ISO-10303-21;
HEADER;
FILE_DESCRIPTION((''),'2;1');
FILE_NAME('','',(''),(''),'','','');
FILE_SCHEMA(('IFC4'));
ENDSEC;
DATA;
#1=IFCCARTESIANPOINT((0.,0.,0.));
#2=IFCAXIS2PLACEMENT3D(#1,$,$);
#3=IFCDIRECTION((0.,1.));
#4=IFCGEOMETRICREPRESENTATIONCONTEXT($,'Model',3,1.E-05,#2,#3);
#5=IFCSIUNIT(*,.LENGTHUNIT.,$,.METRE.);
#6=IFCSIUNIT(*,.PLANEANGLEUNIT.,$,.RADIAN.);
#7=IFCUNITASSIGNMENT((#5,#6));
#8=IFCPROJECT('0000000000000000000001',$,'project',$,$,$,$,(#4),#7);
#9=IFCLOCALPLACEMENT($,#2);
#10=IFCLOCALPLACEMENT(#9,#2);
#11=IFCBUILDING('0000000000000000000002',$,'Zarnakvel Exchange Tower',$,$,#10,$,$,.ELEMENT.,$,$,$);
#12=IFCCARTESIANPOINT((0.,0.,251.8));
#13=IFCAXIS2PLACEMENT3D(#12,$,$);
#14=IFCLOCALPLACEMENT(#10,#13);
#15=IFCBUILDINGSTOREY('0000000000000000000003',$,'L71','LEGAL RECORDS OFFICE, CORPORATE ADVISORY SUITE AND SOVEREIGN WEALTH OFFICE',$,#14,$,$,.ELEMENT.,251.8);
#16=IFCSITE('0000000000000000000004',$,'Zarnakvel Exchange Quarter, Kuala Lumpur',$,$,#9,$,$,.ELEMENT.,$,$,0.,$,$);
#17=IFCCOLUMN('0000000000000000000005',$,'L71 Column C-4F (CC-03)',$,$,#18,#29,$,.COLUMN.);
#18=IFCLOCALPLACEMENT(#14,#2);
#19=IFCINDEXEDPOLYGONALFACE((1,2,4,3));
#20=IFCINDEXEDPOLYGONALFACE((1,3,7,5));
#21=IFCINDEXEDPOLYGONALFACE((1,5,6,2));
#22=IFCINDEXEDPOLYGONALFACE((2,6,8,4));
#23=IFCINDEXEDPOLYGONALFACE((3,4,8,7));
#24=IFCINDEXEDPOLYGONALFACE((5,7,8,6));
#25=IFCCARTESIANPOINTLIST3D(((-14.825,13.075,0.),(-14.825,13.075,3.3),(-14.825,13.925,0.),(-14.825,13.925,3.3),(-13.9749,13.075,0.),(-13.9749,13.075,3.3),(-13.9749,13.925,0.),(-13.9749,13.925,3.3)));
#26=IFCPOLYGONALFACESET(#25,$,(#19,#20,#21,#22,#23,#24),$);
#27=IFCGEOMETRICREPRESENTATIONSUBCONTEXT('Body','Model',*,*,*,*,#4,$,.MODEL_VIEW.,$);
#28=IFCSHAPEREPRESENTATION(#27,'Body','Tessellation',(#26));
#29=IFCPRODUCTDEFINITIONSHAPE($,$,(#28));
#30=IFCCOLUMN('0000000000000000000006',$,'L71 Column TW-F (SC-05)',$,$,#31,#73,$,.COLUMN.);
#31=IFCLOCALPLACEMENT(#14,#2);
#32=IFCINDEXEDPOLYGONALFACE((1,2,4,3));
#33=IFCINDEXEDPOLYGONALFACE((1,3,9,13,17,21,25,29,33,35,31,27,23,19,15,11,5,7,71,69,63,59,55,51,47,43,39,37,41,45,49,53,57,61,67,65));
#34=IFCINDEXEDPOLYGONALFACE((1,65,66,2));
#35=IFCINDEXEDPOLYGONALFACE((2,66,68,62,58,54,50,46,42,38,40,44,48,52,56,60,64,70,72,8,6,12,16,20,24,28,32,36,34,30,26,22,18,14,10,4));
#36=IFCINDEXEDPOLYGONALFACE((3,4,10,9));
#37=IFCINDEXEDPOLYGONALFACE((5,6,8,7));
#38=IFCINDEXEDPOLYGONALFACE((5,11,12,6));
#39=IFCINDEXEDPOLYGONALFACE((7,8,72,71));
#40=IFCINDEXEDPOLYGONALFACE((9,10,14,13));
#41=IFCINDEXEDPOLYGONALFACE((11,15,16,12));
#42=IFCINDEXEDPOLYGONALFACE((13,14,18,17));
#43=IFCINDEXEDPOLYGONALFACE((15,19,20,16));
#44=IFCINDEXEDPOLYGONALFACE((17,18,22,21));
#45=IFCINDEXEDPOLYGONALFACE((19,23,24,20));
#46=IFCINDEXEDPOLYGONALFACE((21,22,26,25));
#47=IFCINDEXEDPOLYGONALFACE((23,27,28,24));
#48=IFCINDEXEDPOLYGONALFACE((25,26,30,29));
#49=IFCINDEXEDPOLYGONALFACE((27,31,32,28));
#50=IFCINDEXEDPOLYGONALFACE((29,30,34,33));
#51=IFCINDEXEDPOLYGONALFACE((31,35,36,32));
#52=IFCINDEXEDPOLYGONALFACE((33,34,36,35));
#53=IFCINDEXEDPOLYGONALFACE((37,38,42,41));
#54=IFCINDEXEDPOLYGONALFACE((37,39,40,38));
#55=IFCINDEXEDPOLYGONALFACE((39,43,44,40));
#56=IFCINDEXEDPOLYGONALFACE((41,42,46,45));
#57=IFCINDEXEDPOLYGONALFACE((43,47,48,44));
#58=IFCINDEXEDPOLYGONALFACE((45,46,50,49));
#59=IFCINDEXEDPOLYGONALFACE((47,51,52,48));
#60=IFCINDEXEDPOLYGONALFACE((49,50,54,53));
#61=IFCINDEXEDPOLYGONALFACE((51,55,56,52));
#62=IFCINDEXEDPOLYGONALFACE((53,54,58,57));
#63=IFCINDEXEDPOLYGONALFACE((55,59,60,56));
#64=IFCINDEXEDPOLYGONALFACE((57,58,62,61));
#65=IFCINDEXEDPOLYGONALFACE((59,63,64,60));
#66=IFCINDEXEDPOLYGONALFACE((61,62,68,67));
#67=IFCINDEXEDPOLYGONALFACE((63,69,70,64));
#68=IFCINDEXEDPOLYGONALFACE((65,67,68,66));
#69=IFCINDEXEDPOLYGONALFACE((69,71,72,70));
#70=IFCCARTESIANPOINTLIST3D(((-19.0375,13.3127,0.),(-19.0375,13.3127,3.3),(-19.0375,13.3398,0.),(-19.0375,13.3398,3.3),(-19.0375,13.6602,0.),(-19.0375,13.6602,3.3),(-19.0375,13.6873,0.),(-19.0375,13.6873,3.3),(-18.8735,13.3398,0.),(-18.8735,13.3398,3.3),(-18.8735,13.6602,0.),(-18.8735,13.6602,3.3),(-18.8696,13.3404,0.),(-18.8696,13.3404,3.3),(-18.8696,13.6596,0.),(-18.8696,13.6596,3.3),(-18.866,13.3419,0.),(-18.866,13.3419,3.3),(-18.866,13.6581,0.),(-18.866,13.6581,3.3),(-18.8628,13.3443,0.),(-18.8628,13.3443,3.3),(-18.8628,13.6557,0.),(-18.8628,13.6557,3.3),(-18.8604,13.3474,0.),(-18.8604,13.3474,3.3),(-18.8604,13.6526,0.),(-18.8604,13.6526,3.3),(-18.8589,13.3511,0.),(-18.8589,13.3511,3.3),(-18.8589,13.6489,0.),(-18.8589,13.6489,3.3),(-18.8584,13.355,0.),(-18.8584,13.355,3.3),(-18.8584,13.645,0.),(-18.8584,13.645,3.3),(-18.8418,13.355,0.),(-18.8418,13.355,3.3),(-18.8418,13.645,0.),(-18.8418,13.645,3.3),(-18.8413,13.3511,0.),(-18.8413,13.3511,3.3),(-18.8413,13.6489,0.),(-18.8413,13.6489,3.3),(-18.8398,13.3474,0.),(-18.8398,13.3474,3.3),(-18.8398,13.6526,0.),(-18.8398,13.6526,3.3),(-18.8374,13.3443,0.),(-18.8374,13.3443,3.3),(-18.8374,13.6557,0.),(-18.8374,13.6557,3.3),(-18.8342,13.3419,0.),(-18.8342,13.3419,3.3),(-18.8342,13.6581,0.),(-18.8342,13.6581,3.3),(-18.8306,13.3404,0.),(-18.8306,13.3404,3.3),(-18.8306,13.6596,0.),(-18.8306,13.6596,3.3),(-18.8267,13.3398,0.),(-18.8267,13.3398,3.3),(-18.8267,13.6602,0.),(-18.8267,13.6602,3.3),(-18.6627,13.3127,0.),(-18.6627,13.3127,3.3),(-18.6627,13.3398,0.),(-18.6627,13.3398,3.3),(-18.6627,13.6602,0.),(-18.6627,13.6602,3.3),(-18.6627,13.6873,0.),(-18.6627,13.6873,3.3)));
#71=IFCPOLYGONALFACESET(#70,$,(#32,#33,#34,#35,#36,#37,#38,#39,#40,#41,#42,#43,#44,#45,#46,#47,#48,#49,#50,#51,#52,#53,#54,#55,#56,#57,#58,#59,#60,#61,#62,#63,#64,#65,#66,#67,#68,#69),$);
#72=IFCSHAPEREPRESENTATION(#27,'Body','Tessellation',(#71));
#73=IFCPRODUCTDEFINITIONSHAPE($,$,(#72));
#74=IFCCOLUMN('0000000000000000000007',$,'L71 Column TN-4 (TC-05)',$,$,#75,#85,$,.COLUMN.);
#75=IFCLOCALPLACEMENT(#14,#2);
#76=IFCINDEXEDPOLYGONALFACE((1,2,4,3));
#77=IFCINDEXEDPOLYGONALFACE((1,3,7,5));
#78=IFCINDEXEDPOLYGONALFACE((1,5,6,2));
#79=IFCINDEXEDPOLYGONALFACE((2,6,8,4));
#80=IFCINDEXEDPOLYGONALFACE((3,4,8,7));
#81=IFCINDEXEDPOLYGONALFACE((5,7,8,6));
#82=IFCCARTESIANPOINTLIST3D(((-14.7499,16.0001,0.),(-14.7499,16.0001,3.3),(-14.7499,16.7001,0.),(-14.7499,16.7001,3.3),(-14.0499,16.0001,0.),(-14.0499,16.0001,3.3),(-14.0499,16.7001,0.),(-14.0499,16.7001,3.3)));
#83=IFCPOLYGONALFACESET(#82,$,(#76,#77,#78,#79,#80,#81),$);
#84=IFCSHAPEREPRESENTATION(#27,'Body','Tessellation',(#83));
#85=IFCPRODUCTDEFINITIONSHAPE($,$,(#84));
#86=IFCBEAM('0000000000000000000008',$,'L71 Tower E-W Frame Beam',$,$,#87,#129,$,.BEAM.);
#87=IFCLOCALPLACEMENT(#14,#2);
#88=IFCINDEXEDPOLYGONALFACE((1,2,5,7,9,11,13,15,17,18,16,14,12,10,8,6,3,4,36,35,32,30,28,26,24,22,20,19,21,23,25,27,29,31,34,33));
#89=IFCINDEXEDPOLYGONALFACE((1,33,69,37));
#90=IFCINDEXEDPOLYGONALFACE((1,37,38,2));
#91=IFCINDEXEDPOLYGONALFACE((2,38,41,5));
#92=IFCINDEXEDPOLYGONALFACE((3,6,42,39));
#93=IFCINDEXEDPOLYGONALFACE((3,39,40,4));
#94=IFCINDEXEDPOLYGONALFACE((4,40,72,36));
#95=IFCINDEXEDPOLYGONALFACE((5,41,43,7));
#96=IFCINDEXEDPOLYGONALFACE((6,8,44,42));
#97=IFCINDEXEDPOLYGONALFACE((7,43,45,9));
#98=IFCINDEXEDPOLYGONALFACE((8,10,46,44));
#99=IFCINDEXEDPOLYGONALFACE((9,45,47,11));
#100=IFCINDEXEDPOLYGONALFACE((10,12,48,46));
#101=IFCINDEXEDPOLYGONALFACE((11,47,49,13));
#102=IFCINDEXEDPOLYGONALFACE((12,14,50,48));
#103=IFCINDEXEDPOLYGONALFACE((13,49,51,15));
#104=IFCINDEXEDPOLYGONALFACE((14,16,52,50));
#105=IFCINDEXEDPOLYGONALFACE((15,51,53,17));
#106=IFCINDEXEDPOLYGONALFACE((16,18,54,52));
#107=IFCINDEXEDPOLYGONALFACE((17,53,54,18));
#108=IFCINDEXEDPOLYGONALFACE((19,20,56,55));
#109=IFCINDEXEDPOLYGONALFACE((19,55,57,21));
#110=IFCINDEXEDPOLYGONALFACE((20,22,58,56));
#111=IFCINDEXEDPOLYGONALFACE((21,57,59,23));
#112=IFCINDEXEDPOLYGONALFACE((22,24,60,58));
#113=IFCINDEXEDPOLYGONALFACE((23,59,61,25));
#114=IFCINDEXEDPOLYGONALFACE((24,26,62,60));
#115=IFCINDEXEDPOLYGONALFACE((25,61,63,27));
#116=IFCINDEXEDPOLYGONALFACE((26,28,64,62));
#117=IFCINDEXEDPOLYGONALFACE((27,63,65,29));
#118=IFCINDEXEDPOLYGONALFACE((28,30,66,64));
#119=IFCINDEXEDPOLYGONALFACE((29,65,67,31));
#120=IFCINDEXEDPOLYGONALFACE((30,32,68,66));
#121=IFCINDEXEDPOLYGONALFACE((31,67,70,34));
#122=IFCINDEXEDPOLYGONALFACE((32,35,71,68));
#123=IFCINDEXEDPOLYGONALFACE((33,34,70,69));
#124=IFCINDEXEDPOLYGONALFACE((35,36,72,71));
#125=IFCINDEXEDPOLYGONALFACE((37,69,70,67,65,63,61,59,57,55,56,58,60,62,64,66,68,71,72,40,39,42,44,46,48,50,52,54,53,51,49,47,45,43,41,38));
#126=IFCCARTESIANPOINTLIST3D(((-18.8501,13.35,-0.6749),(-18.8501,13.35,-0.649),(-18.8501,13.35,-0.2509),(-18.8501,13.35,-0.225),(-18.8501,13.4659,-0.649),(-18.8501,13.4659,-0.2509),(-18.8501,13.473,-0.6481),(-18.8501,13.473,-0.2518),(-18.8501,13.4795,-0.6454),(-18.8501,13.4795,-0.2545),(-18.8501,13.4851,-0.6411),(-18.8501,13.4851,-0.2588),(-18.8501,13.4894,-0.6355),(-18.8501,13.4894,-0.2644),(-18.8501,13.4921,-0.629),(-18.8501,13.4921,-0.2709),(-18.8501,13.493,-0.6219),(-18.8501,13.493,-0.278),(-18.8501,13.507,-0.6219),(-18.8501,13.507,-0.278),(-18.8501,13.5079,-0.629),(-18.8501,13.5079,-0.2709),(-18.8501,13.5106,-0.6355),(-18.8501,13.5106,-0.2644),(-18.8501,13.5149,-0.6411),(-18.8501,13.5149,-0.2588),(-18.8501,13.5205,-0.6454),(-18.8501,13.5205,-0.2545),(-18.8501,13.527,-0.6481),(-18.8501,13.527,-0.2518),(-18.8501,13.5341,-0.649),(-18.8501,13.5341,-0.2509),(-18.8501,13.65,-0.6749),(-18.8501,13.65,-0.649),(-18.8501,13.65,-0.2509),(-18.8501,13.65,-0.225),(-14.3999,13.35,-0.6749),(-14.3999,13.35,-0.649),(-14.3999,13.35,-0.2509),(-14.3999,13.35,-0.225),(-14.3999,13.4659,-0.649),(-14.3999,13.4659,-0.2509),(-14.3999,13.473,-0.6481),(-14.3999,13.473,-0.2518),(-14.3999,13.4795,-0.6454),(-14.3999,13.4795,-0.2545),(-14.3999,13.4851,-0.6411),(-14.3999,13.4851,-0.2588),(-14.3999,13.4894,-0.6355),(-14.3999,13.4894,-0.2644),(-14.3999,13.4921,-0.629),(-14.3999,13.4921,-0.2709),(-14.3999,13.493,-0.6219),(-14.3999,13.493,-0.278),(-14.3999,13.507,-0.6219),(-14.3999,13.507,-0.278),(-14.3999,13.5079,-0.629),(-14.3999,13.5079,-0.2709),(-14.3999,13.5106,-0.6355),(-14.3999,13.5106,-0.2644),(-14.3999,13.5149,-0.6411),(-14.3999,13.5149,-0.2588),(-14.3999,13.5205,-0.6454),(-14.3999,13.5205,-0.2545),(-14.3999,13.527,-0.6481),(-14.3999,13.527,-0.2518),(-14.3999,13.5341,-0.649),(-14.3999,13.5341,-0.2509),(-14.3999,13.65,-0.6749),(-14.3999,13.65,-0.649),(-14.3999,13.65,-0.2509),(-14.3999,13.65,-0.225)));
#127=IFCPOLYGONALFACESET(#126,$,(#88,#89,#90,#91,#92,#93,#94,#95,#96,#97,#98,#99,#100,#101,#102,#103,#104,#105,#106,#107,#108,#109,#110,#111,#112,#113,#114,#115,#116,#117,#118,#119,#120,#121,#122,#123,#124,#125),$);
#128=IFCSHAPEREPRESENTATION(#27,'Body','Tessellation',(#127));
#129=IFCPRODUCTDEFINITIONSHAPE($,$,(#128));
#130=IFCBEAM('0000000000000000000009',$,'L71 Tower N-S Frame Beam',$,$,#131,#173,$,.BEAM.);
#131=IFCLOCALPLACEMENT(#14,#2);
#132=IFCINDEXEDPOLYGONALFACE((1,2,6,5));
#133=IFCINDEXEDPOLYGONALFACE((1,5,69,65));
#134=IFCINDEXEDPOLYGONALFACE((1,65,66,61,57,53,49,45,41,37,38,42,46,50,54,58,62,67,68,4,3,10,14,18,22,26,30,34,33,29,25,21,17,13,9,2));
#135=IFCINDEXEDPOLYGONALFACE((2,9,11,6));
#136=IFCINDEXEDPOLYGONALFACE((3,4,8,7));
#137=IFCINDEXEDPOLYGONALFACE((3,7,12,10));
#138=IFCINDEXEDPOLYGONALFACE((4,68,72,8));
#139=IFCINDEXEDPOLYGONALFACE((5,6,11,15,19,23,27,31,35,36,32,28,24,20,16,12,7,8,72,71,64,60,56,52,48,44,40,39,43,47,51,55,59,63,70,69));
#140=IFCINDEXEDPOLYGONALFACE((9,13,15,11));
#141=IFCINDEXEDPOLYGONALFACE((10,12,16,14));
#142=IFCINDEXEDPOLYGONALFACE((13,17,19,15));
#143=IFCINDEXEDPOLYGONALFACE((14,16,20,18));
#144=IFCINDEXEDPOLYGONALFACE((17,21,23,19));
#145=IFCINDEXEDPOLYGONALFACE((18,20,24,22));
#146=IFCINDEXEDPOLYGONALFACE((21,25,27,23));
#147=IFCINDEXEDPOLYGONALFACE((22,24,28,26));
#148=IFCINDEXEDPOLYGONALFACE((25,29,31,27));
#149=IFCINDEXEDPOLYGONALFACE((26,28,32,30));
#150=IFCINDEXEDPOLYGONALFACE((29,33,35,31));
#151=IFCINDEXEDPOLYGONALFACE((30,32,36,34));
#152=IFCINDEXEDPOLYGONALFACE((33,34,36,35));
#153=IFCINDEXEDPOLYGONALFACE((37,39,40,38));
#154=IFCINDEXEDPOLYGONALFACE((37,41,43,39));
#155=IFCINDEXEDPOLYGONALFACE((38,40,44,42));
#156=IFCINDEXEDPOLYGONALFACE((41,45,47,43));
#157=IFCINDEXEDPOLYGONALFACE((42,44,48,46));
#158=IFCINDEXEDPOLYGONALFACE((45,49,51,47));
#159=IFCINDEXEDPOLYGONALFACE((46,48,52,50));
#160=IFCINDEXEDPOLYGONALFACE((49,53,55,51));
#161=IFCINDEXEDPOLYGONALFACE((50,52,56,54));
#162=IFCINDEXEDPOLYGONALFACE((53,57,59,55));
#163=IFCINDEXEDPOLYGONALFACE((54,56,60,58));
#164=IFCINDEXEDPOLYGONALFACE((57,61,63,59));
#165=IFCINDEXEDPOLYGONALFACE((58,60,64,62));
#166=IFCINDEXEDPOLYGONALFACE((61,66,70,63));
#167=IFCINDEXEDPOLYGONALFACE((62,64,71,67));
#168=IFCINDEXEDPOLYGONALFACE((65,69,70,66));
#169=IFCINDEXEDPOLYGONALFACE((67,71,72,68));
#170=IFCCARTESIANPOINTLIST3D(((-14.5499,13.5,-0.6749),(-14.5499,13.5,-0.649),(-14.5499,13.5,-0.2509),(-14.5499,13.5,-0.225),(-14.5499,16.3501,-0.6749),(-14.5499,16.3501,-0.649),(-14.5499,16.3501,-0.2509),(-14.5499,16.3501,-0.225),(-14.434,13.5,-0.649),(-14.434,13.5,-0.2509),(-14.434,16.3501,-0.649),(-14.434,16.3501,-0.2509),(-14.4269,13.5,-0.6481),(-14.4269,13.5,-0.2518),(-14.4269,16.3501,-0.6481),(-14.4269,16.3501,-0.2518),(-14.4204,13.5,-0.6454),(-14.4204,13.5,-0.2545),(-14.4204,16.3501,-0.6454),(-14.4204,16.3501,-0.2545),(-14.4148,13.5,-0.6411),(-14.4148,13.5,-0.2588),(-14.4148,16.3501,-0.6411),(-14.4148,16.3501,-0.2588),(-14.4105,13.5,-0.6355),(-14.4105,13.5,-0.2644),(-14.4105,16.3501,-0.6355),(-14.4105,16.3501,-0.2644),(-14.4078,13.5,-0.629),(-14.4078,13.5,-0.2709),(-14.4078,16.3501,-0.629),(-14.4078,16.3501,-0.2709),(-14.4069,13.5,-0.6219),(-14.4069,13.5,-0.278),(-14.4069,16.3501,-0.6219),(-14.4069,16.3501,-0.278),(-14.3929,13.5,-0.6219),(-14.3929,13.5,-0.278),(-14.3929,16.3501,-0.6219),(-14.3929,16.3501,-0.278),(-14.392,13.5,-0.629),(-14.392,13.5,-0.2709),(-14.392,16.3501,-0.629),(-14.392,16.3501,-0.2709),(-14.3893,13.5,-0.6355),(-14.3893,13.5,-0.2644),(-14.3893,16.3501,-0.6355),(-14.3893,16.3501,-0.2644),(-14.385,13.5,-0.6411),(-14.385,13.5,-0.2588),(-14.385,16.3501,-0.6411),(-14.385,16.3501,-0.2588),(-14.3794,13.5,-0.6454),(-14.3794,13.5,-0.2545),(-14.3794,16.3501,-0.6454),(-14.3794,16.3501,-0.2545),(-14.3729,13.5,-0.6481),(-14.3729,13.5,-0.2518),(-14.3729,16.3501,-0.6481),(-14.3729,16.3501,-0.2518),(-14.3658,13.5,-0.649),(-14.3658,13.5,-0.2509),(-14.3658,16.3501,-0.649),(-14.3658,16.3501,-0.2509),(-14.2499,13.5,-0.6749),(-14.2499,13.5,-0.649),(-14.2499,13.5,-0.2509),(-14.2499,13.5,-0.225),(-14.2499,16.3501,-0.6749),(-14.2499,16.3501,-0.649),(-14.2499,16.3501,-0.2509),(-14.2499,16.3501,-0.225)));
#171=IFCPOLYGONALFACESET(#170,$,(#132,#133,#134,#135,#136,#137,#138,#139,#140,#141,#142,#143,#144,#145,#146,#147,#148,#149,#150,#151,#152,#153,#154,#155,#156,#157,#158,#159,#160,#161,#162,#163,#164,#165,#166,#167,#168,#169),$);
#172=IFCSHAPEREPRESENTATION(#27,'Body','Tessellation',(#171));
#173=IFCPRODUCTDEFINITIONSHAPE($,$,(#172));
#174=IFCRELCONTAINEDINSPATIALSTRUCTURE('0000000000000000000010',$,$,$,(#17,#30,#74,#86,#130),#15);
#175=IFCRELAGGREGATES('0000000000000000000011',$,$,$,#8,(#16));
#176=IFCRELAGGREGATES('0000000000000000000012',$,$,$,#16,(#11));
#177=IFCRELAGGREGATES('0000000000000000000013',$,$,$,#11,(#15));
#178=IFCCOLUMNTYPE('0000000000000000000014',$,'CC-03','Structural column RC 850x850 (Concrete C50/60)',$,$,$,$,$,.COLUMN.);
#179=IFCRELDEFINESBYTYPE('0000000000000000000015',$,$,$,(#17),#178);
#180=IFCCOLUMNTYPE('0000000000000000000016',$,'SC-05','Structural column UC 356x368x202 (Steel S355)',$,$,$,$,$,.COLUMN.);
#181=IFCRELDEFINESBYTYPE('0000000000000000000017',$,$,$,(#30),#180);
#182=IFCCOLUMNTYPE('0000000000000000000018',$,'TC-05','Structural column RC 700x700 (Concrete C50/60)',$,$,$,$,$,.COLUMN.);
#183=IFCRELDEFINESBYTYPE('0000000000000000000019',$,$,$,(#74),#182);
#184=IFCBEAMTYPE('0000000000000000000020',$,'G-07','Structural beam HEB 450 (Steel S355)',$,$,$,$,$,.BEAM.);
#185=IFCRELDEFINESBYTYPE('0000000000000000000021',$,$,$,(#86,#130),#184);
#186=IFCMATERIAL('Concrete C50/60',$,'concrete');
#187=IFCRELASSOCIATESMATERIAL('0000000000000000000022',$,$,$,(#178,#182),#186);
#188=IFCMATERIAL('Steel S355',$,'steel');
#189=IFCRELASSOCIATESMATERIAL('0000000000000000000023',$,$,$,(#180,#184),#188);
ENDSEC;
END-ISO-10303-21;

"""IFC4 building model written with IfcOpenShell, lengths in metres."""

from ifc_helpers import new_model, si_unit, direction, frame, origin, origin_2d, place, context, subcontext, project, spatial, rectangle, i_section, extrude, material, material_profile, profile_set, type_object, element, save


model = new_model("IFC4")

# Units and contexts
model_context = context("Model", 3, precision=1e-05, world=origin(), true_north=direction((0.0, 1.0)))
body_context = subcontext(model_context, "Body", "Model", "MODEL_VIEW")
ifc_project = project(units=[si_unit("LENGTHUNIT", "METRE"), si_unit("PLANEANGLEUNIT", "RADIAN")], contexts=[model_context])

# Site, building, storey
site_placement = place(None, origin())
site = spatial("IfcSite", under=ifc_project, at=site_placement, Name="Zarnakvel Exchange Quarter, Kuala Lumpur", CompositionType="ELEMENT", RefElevation=0.0)
building_placement = place(site_placement, origin())
building = spatial("IfcBuilding", under=site, at=building_placement, Name="Zarnakvel Exchange Tower", CompositionType="ELEMENT")
storey_placement = place(building_placement, frame((0.0, 0.0, 251.8)))
storey = spatial("IfcBuildingStorey", under=building, at=storey_placement, Name="L71", Description="LEGAL RECORDS OFFICE, CORPORATE ADVISORY SUITE AND SOVEREIGN WEALTH OFFICE", CompositionType="ELEMENT", Elevation=251.8)

# Columns
ifc_material_1 = material(Name="Concrete C50/60", Category="concrete")
ifc_material_profile_1 = material_profile(ifc_material_1, rectangle(XDim=0.8501, YDim=0.8501, at=origin_2d()))
ifc_profile_set_1 = profile_set([ifc_material_profile_1], Name="Concrete C50/60")
column_type_1 = type_object("IfcColumnType", Name="CC-03", Description="Structural column RC 850x850 (Concrete C50/60)", PredefinedType="COLUMN", material=ifc_profile_set_1)
column_1_placement = place(storey_placement, frame((-14.3999, 13.5, 0.0), z_axis=(0.0, 0.0, 1.0), x_axis=(1.0, 0.0, 0.0)))
element("IfcColumn", 1, at=column_1_placement, inside=storey, type_object=column_type_1, Name="L71 Column C-4F (CC-03)", PredefinedType="COLUMN", context=body_context, shape_type="SweptSolid", body=[
    extrude(rectangle(XDim=0.8501, YDim=0.8501, at=origin_2d()), origin(), (0.0, 0.0, 1.0), 3.3),
])
ifc_material_2 = material(Name="Steel S355", Category="steel")
ifc_material_profile_2 = material_profile(ifc_material_2, i_section(OverallWidth=0.3748, OverallDepth=0.3745, WebThickness=0.0166, FlangeThickness=0.0271, FilletRadius=0.0151, at=origin_2d()))
ifc_profile_set_2 = profile_set([ifc_material_profile_2], Name="Steel S355")
column_type_2 = type_object("IfcColumnType", Name="SC-05", Description="Structural column UC 356x368x202 (Steel S355)", PredefinedType="COLUMN", material=ifc_profile_set_2)
column_2_placement = place(storey_placement, frame((-18.8501, 13.5, 0.0), z_axis=(0.0, 0.0, 1.0), x_axis=(1.0, 0.0, 0.0)))
element("IfcColumn", 2, at=column_2_placement, inside=storey, type_object=column_type_2, Name="L71 Column TW-F (SC-05)", PredefinedType="COLUMN", context=body_context, shape_type="SweptSolid", body=[
    extrude(i_section(OverallWidth=0.3748, OverallDepth=0.3745, WebThickness=0.0166, FlangeThickness=0.0271, FilletRadius=0.0151, at=origin_2d()), origin(), (0.0, 0.0, 1.0), 3.3),
])
ifc_material_profile_3 = material_profile(ifc_material_1, rectangle(XDim=0.7, YDim=0.7, at=origin_2d()))
ifc_profile_set_3 = profile_set([ifc_material_profile_3], Name="Concrete C50/60")
column_type_3 = type_object("IfcColumnType", Name="TC-05", Description="Structural column RC 700x700 (Concrete C50/60)", PredefinedType="COLUMN", material=ifc_profile_set_3)
column_3_placement = place(storey_placement, frame((-14.3999, 16.3501, 0.0), z_axis=(0.0, 0.0, 1.0), x_axis=(1.0, 0.0, 0.0)))
element("IfcColumn", 3, at=column_3_placement, inside=storey, type_object=column_type_3, Name="L71 Column TN-4 (TC-05)", PredefinedType="COLUMN", context=body_context, shape_type="SweptSolid", body=[
    extrude(rectangle(XDim=0.7, YDim=0.7, at=origin_2d()), origin(), (0.0, 0.0, 1.0), 3.3),
])

# Beams
ifc_material_profile_4 = material_profile(ifc_material_2, i_section(OverallWidth=0.3, OverallDepth=0.45, WebThickness=0.0139, FlangeThickness=0.0259, FilletRadius=0.0271, at=origin_2d()))
ifc_profile_set_4 = profile_set([ifc_material_profile_4], Name="Steel S355")
beam_type_1 = type_object("IfcBeamType", Name="G-07", Description="Structural beam HEB 450 (Steel S355)", PredefinedType="BEAM", material=ifc_profile_set_4)
beam_1_placement = place(storey_placement, frame((-18.8501, 13.5, -0.45), z_axis=(1.0, 0.0, 0.0), x_axis=(0.0, 1.0, 0.0)))
element("IfcBeam", 4, at=beam_1_placement, inside=storey, type_object=beam_type_1, Name="L71 Tower E-W Frame Beam", PredefinedType="BEAM", context=body_context, shape_type="SweptSolid", body=[
    extrude(i_section(OverallWidth=0.3, OverallDepth=0.45, WebThickness=0.0139, FlangeThickness=0.0259, FilletRadius=0.0271, at=origin_2d()), origin(), (0.0, 0.0, 1.0), 4.4502),
])
beam_2_placement = place(storey_placement, frame((-14.3999, 13.5, -0.45), z_axis=(0.0, 1.0, 0.0), x_axis=(-1.0, 0.0, 0.0)))
element("IfcBeam", 5, at=beam_2_placement, inside=storey, type_object=beam_type_1, Name="L71 Tower N-S Frame Beam", PredefinedType="BEAM", context=body_context, shape_type="SweptSolid", body=[
    extrude(i_section(OverallWidth=0.3, OverallDepth=0.45, WebThickness=0.0139, FlangeThickness=0.0259, FilletRadius=0.0271, at=origin_2d()), origin(), (0.0, 0.0, 1.0), 2.8501),
])

save(model, "model.ifc")
